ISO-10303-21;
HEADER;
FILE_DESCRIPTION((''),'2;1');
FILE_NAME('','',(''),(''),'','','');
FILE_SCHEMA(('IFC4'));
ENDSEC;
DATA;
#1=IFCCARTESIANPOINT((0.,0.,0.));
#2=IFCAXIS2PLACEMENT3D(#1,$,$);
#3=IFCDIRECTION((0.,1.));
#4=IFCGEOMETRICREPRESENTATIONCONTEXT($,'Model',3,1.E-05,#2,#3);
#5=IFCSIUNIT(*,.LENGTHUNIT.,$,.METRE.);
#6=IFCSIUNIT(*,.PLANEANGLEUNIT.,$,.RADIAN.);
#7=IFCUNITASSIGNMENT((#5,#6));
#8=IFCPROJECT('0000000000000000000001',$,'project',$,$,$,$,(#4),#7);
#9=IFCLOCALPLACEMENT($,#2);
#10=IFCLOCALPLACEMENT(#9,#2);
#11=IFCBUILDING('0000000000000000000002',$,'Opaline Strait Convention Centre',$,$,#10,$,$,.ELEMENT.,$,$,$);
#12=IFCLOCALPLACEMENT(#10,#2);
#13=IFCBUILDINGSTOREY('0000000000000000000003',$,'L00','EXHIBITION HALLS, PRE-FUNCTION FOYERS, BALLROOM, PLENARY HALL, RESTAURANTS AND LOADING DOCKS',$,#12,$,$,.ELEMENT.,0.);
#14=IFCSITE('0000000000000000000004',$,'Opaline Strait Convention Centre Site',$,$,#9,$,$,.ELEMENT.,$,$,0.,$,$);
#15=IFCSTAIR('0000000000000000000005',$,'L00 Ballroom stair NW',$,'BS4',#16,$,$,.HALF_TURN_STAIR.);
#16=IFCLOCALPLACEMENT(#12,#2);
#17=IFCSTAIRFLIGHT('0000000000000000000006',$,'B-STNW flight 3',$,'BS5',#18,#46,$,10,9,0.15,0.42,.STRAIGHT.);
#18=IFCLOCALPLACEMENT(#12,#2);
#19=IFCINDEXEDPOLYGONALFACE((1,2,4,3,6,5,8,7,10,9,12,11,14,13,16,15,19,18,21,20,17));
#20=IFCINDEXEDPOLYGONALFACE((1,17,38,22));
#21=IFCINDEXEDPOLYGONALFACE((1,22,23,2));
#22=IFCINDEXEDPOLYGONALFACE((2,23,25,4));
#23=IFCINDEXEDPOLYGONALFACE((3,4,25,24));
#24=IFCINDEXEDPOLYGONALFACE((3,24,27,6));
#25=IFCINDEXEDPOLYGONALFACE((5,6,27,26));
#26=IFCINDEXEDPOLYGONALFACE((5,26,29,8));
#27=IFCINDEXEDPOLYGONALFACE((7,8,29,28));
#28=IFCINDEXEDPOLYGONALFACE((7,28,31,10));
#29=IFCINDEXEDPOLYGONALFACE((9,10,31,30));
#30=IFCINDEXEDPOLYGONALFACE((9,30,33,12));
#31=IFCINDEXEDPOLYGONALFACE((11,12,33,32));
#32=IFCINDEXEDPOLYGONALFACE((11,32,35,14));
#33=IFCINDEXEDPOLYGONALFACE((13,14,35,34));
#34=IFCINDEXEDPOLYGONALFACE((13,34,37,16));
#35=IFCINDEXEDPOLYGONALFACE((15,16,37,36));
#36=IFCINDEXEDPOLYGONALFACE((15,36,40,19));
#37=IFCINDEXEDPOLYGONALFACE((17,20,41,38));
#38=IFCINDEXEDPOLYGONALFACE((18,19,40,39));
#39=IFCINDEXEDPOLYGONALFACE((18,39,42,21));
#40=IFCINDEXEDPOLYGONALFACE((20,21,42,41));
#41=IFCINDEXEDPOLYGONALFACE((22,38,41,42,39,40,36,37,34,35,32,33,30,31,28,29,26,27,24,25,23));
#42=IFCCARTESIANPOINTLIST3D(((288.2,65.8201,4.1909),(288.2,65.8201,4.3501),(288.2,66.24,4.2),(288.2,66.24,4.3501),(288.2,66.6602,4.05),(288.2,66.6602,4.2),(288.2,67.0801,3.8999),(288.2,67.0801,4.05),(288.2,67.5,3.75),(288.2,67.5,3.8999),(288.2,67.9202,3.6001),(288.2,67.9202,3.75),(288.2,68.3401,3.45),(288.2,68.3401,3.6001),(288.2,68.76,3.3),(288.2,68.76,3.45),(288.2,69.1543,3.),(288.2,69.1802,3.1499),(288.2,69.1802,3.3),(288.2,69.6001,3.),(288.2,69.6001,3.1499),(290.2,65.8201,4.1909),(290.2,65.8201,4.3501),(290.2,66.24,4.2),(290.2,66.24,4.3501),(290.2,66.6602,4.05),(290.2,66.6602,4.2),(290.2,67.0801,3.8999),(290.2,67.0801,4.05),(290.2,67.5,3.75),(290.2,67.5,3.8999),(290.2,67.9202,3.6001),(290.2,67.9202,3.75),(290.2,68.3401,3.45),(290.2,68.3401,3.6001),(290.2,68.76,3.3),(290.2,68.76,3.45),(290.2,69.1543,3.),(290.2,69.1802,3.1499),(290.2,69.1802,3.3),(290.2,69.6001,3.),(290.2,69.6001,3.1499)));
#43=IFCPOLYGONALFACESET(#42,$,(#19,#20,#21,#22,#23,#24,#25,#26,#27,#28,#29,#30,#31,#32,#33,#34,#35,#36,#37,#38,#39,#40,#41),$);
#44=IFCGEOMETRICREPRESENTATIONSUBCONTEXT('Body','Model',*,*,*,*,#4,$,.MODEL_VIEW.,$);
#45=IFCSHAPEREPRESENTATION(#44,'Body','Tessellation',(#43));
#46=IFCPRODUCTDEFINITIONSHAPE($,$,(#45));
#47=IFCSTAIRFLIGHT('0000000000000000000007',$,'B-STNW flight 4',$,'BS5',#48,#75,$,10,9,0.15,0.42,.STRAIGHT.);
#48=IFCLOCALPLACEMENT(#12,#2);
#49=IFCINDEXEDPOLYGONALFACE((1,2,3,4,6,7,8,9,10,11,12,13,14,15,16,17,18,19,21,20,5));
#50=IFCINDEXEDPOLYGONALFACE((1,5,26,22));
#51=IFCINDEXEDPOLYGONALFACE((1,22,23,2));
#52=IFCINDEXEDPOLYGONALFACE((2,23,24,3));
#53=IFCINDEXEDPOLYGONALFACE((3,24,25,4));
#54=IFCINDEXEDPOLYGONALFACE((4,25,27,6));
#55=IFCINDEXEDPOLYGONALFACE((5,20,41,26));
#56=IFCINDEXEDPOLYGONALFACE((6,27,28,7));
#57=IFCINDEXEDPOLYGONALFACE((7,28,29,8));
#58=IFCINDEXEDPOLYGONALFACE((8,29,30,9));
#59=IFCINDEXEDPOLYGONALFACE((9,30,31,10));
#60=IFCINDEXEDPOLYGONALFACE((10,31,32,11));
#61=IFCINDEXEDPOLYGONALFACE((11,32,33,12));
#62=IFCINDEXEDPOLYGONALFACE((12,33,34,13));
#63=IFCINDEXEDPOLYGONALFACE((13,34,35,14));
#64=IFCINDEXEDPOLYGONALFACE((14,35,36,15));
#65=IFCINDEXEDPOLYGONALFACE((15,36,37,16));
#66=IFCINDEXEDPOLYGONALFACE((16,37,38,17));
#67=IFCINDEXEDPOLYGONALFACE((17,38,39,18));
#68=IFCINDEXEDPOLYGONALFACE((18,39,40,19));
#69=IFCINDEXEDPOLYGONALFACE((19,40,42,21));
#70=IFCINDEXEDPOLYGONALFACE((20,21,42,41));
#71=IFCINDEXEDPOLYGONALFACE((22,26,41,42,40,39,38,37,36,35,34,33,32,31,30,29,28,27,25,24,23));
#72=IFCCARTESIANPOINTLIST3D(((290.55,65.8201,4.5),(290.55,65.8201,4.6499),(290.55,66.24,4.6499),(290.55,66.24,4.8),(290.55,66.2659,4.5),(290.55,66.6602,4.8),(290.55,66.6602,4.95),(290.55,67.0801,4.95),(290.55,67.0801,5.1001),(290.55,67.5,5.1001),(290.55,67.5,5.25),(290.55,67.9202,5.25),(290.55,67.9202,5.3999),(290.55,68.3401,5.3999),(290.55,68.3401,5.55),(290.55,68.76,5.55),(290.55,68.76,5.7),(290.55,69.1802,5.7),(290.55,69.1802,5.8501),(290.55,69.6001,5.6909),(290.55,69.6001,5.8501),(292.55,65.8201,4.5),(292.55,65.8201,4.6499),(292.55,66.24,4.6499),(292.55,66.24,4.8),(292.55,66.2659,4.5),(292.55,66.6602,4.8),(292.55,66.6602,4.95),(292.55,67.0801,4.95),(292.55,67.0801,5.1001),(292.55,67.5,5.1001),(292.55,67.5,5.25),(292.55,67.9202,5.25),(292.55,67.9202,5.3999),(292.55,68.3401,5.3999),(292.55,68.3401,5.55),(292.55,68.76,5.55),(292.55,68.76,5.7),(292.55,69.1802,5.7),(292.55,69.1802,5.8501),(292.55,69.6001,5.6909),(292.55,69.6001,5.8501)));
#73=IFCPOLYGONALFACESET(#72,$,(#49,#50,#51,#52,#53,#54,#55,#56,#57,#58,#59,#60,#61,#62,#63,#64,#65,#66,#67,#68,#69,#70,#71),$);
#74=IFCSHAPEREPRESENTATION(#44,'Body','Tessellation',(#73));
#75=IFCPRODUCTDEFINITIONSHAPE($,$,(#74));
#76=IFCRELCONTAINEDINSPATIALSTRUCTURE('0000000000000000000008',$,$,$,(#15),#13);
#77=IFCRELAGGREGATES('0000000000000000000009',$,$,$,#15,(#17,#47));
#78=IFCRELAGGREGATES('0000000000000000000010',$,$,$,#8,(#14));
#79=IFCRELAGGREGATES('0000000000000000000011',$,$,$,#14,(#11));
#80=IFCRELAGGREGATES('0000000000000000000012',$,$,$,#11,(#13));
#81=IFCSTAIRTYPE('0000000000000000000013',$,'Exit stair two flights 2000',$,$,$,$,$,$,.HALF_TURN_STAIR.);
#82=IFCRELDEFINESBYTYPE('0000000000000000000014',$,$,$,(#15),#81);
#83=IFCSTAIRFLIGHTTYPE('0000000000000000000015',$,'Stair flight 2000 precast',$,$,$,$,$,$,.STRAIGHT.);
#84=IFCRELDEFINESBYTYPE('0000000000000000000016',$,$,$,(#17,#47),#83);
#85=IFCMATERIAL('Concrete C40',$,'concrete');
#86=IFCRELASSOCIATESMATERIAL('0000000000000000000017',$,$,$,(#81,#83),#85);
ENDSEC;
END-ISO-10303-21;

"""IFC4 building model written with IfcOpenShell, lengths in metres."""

from ifc_helpers import new_model, si_unit, direction, frame, origin, place, context, subcontext, project, spatial, polyline, outline, extrude, material, type_object, element, aggregate, save


model = new_model("IFC4")

# Units and contexts
model_context = context("Model", 3, precision=1e-05, world=origin(), true_north=direction((0.0, 1.0)))
body_context = subcontext(model_context, "Body", "Model", "MODEL_VIEW")
ifc_project = project(units=[si_unit("LENGTHUNIT", "METRE"), si_unit("PLANEANGLEUNIT", "RADIAN")], contexts=[model_context])

# Site, building, storey
site_placement = place(None, origin())
site = spatial("IfcSite", under=ifc_project, at=site_placement, Name="Opaline Strait Convention Centre Site", CompositionType="ELEMENT", RefElevation=0.0)
building_placement = place(site_placement, origin())
building = spatial("IfcBuilding", under=site, at=building_placement, Name="Opaline Strait Convention Centre", CompositionType="ELEMENT")
storey_placement = place(building_placement, origin())
storey = spatial("IfcBuildingStorey", under=building, at=storey_placement, Name="L00", Description="EXHIBITION HALLS, PRE-FUNCTION FOYERS, BALLROOM, PLENARY HALL, RESTAURANTS AND LOADING DOCKS", CompositionType="ELEMENT", Elevation=0.0)

# Shared definitions
ifc_material_1 = material(Name="Concrete C40", Category="concrete")

# Stair, stair flights
stair_type = type_object("IfcStairType", Name="Exit stair two flights 2000", PredefinedType="HALF_TURN_STAIR", material=ifc_material_1)
stair_placement = place(storey_placement, origin())
stair = element("IfcStair", 1, at=stair_placement, inside=storey, type_object=stair_type, Name="L00 Ballroom stair NW", ObjectType="BS4", PredefinedType="HALF_TURN_STAIR")
stair_flight_type = type_object("IfcStairFlightType", Name="Stair flight 2000 precast", PredefinedType="STRAIGHT", material=ifc_material_1)
stair_flight_1_placement = place(storey_placement, frame((289.2, 69.6001, 3.0), z_axis=(0.0, 0.0, 1.0), x_axis=(0.0, -1.0, 0.0)))
stair_flight_1 = element("IfcStairFlight", 2, at=stair_flight_1_placement, type_object=stair_flight_type, Name="B-STNW flight 3", ObjectType="BS5", NumberOfRisers=10, NumberOfTreads=9, PredefinedType="STRAIGHT", RiserHeight=0.15, TreadLength=0.42, context=body_context, shape_type="SweptSolid", body=[
    extrude(outline(polyline([(0.0, 0.0), (0.0, 0.1499), (0.4199, 0.1499), (0.4199, 0.3), (0.8401, 0.3), (0.8401, 0.45), (1.26, 0.45), (1.26, 0.6001), (1.6799, 0.6001), (1.6799, 0.75), (2.1001, 0.75), (2.1001, 0.8999), (2.52, 0.8999), (2.52, 1.05), (2.9399, 1.05), (2.9399, 1.2), (3.3601, 1.2), (3.3601, 1.3501), (3.78, 1.3501), (3.78, 1.5), (3.78, 1.1909), (0.4458, 0.0), (0.0, 0.0)])), frame((0.0, 1.0, 0.0), z_axis=(0.0, -1.0, 0.0), x_axis=(1.0, 0.0, 0.0)), (0.0, 0.0, 1.0), 2.0),
])
stair_flight_2_placement = place(storey_placement, frame((291.55, 65.8201, 4.5), z_axis=(0.0, 0.0, 1.0), x_axis=(0.0, 1.0, 0.0)))
stair_flight_2 = element("IfcStairFlight", 3, at=stair_flight_2_placement, type_object=stair_flight_type, Name="B-STNW flight 4", ObjectType="BS5", NumberOfRisers=10, NumberOfTreads=9, PredefinedType="STRAIGHT", RiserHeight=0.15, TreadLength=0.42, context=body_context, shape_type="SweptSolid", body=[
    extrude(outline(polyline([(0.0, 0.0), (0.0, 0.1499), (0.4199, 0.1499), (0.4199, 0.3), (0.8401, 0.3), (0.8401, 0.45), (1.26, 0.45), (1.26, 0.6001), (1.6799, 0.6001), (1.6799, 0.75), (2.1001, 0.75), (2.1001, 0.8999), (2.52, 0.8999), (2.52, 1.05), (2.9399, 1.05), (2.9399, 1.2), (3.3601, 1.2), (3.3601, 1.3501), (3.78, 1.3501), (3.78, 1.5), (3.78, 1.1909), (0.4458, 0.0), (0.0, 0.0)])), frame((0.0, 1.0, 0.0), z_axis=(0.0, -1.0, 0.0), x_axis=(1.0, 0.0, 0.0)), (0.0, 0.0, 1.0), 2.0),
])
aggregate(stair, [stair_flight_1, stair_flight_2])

save(model, "model.ifc")
